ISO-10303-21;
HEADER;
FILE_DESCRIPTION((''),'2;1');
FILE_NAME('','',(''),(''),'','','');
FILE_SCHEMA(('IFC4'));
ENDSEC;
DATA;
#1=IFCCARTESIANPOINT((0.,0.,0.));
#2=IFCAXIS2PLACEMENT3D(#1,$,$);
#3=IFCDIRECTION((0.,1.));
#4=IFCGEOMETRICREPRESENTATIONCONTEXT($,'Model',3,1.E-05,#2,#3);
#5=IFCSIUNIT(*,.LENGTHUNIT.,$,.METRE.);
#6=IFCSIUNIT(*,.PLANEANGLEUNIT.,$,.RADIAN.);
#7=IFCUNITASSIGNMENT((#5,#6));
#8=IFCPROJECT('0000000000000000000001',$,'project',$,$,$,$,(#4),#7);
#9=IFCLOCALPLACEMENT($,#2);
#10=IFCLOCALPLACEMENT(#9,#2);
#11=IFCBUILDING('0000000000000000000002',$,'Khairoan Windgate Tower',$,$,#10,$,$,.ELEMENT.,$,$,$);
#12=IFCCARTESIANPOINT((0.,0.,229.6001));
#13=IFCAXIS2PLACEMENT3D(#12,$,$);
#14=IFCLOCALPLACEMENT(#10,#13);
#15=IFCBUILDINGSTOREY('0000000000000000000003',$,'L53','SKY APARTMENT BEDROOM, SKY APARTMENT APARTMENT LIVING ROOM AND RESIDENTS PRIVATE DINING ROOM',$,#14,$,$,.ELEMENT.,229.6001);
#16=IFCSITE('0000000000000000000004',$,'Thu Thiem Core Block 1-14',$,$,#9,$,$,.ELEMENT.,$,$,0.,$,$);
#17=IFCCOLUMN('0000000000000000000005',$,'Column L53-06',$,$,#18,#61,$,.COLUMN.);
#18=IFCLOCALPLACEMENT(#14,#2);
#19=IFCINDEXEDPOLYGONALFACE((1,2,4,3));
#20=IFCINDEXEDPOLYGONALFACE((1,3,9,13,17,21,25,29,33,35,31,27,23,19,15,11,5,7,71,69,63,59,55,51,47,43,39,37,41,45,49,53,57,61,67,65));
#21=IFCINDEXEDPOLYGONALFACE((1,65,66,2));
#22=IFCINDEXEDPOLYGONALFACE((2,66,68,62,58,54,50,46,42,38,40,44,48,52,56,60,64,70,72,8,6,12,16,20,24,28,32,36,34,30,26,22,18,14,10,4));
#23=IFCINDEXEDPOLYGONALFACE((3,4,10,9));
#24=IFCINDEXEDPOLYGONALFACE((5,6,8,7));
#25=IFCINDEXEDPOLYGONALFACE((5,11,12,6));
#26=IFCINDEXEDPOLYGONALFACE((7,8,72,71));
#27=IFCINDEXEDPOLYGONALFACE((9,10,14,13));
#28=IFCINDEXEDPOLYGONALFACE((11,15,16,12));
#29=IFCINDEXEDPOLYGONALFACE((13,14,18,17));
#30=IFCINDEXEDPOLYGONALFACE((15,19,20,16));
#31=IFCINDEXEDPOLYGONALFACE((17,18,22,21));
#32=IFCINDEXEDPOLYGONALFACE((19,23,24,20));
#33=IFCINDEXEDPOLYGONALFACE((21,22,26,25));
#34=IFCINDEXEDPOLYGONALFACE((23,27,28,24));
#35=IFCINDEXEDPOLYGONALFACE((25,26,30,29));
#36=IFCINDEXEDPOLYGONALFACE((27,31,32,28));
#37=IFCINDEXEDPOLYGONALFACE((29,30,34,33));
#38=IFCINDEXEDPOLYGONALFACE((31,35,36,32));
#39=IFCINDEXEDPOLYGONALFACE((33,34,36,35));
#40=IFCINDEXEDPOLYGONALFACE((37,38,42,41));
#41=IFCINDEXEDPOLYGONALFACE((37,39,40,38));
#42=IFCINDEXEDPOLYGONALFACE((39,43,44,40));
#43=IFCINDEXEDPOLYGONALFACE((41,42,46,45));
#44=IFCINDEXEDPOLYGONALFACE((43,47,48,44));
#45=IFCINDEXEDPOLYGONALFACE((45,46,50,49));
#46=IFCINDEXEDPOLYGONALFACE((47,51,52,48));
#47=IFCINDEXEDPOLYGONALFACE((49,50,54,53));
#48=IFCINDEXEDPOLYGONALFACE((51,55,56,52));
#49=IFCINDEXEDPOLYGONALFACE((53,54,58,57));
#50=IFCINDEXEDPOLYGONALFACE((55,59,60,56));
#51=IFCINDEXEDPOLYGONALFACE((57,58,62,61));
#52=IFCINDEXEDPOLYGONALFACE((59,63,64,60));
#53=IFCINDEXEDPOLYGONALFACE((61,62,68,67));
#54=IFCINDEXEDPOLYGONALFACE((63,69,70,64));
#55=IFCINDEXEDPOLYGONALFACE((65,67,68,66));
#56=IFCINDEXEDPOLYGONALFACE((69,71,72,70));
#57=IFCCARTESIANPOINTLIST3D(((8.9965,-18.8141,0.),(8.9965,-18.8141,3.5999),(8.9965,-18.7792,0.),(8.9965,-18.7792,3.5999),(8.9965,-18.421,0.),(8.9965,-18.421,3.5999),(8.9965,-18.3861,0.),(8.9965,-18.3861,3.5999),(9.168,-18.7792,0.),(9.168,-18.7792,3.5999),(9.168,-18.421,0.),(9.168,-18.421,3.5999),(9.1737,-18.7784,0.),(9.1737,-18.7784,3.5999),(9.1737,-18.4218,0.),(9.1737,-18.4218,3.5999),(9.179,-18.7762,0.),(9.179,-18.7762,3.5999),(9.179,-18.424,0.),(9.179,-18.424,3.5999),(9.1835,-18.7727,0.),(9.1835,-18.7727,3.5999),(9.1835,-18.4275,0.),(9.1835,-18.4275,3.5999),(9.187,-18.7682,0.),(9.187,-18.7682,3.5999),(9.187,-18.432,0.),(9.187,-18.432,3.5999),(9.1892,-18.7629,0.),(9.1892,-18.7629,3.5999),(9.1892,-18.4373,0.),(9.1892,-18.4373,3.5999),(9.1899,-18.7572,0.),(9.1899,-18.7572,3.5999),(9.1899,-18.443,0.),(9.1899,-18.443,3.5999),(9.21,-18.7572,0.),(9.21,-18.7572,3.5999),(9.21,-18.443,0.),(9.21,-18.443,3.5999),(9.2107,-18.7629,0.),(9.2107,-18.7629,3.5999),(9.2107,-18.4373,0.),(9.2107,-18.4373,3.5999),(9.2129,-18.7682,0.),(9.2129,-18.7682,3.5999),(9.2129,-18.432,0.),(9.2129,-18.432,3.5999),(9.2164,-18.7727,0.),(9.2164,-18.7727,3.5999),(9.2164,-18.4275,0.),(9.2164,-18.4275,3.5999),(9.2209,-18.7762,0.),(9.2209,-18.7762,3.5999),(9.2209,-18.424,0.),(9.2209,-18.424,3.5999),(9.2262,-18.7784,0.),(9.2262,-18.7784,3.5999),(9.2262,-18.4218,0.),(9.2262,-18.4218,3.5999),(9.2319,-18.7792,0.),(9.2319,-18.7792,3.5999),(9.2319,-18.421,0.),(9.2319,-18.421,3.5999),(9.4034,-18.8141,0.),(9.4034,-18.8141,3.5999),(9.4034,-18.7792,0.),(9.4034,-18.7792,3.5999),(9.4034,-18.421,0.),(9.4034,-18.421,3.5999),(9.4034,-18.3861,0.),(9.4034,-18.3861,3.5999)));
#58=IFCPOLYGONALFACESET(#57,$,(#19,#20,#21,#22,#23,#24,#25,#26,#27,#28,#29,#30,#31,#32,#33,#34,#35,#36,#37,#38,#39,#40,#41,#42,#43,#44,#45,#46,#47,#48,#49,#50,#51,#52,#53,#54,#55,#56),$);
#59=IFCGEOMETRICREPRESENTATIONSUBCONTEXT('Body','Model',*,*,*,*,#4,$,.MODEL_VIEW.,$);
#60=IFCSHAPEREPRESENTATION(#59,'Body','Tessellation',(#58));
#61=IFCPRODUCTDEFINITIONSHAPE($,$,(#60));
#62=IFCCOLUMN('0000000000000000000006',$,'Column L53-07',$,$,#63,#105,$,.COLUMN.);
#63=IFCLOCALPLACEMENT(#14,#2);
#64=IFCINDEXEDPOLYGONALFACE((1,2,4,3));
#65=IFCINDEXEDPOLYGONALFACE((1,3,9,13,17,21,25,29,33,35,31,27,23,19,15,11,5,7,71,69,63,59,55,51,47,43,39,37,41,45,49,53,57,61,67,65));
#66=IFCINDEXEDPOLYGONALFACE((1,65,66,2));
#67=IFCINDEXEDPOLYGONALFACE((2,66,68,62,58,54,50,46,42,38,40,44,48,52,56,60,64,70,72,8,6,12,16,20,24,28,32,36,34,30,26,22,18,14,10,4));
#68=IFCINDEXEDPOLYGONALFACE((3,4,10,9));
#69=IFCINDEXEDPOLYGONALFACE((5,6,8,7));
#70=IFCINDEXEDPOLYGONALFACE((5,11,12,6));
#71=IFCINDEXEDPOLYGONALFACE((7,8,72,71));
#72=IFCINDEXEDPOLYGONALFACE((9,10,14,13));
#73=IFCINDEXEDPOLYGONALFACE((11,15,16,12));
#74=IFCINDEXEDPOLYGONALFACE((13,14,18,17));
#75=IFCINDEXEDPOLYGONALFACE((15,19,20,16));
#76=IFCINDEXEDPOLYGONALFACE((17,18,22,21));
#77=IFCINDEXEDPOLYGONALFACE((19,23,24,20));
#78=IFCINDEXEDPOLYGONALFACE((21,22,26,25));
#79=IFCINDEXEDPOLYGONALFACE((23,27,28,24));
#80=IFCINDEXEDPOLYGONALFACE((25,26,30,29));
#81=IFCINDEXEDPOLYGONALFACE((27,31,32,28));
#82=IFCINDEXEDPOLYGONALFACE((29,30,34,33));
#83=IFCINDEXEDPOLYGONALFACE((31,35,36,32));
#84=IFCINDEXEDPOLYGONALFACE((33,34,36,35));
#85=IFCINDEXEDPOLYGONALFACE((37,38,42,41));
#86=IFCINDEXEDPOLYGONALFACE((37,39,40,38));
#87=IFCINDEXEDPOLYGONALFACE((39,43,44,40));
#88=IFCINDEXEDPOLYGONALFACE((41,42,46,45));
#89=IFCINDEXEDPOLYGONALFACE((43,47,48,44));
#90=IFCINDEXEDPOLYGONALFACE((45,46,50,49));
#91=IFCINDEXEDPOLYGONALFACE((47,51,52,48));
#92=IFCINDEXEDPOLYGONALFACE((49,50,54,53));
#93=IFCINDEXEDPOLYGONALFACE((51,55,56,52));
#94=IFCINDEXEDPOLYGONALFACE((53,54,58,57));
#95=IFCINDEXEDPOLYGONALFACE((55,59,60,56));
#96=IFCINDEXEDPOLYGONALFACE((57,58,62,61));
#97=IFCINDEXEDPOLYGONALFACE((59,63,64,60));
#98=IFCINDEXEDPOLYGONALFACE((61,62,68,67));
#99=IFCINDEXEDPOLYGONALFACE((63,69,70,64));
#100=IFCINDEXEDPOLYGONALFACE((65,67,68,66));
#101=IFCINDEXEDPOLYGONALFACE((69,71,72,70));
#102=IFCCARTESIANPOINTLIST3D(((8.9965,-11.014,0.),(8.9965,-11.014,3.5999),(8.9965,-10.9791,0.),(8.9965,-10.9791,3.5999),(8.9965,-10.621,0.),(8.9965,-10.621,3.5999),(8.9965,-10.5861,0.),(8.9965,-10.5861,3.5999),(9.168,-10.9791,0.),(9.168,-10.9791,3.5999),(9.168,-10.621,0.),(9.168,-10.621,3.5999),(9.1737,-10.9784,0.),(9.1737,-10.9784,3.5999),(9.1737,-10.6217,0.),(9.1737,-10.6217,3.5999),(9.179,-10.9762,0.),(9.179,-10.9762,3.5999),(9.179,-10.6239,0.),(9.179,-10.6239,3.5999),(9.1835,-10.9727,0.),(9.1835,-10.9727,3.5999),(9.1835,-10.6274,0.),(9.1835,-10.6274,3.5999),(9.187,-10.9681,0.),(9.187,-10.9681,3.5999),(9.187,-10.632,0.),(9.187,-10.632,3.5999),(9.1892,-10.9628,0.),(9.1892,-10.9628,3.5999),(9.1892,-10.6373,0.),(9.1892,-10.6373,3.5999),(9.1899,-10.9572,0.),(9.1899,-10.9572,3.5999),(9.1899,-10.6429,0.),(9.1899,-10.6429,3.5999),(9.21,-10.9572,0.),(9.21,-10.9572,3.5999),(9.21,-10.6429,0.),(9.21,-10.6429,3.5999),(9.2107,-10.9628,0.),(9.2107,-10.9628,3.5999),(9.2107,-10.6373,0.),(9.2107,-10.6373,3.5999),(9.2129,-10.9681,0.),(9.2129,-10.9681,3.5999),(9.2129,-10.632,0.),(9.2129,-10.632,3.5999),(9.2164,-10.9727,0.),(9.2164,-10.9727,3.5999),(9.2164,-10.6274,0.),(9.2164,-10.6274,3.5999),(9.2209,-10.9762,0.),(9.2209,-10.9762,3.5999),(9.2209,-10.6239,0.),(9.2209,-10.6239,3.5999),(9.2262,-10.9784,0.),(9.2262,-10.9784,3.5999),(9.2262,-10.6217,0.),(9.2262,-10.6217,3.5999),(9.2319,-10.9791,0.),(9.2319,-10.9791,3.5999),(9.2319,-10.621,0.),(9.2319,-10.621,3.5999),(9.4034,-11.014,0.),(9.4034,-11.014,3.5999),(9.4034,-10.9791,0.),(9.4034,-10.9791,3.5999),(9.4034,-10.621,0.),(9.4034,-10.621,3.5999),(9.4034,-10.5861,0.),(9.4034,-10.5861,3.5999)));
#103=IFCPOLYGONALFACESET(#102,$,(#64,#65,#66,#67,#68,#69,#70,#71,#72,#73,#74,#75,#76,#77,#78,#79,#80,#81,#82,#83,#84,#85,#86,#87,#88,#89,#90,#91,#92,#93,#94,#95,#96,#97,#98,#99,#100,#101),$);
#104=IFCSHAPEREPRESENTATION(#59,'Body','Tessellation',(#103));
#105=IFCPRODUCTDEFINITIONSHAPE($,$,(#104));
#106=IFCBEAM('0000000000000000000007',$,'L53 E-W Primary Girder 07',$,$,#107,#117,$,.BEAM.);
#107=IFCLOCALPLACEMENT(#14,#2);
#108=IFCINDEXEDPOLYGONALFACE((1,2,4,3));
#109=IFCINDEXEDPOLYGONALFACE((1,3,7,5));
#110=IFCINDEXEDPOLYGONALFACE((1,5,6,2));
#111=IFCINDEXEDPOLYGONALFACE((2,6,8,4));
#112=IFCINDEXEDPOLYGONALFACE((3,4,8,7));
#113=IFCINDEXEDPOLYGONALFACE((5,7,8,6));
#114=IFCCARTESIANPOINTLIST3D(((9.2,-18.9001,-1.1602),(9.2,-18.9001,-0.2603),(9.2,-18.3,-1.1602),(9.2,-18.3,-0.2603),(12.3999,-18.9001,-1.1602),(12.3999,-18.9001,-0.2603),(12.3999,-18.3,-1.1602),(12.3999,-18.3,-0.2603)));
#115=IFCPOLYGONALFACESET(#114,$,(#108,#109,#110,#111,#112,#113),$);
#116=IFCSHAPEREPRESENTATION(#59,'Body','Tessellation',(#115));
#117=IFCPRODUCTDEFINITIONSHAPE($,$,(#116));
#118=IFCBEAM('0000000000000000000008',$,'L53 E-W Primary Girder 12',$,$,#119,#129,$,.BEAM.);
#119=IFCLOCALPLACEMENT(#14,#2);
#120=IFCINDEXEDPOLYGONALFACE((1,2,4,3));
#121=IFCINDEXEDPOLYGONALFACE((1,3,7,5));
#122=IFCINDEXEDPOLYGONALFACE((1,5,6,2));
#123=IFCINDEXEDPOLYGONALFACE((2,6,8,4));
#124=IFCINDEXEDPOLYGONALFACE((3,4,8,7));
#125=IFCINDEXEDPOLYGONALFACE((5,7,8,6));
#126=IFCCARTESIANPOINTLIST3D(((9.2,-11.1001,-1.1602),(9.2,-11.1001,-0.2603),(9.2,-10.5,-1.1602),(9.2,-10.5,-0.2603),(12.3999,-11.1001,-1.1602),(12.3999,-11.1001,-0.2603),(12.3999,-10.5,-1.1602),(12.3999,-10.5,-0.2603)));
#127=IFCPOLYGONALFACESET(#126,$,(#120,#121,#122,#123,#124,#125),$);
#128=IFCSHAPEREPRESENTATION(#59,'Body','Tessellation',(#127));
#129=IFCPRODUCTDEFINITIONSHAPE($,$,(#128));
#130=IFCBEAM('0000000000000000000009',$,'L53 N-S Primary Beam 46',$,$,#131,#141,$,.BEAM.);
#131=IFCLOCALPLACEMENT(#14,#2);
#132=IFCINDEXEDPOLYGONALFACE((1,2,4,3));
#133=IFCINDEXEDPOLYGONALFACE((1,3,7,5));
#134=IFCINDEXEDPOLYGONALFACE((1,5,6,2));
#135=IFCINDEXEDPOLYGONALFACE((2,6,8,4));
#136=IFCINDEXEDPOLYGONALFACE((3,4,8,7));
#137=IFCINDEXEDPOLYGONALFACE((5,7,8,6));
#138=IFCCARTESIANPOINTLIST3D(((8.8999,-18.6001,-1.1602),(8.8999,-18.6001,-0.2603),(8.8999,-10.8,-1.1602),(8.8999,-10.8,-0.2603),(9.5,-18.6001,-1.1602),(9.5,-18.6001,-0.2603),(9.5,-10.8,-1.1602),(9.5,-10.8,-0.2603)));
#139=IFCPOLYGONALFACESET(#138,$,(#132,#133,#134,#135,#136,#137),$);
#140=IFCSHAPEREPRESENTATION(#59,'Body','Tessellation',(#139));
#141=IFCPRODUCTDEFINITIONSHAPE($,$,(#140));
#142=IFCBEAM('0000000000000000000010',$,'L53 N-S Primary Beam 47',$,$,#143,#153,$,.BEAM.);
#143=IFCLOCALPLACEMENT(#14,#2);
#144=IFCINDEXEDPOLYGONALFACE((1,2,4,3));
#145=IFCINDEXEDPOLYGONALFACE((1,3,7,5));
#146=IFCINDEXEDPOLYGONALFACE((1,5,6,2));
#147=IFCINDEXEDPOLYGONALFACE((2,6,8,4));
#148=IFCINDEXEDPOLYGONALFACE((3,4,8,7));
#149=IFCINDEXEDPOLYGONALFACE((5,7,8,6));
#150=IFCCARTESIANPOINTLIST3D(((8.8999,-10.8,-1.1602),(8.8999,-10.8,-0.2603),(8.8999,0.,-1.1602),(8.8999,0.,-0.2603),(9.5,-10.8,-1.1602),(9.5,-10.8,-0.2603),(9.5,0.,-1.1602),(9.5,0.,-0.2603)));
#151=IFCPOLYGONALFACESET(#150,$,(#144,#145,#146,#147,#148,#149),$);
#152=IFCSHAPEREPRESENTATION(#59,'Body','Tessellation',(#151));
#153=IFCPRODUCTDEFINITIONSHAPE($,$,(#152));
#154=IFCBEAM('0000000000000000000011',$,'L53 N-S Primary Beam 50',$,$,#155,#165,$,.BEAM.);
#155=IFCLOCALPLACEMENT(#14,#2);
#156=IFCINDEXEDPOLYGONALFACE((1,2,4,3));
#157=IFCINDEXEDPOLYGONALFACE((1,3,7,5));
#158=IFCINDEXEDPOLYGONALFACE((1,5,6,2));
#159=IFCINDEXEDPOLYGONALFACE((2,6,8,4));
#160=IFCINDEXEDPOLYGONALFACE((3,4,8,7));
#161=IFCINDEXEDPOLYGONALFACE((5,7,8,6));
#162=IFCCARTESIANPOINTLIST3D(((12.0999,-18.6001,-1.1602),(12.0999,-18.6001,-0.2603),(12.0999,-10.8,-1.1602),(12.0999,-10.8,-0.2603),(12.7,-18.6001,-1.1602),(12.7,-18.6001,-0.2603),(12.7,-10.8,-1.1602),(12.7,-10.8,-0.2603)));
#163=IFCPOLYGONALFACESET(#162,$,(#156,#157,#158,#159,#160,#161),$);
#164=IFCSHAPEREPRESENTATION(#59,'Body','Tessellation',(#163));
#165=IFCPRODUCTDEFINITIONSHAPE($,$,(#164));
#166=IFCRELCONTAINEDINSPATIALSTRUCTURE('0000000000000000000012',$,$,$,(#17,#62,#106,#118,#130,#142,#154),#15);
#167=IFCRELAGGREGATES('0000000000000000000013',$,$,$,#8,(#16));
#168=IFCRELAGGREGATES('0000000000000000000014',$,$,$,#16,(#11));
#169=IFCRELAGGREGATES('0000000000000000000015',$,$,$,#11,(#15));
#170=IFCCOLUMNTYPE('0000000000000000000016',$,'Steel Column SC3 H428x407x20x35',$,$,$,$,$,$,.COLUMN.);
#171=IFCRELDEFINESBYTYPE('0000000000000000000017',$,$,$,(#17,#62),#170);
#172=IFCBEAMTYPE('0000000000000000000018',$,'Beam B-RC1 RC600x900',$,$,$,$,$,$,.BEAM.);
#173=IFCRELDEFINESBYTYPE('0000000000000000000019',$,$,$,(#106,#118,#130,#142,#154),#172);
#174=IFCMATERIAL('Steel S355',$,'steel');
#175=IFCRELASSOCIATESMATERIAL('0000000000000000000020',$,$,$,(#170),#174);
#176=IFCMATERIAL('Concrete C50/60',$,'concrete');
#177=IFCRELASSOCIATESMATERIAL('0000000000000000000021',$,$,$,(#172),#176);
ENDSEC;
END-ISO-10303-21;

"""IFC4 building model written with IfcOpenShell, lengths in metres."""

from ifc_helpers import new_model, si_unit, direction, frame, origin, origin_2d, place, context, subcontext, project, spatial, rectangle, i_section, extrude, material, material_profile, profile_set, type_object, element, save


model = new_model("IFC4")

# Units and contexts
model_context = context("Model", 3, precision=1e-05, world=origin(), true_north=direction((0.0, 1.0)))
body_context = subcontext(model_context, "Body", "Model", "MODEL_VIEW")
ifc_project = project(units=[si_unit("LENGTHUNIT", "METRE"), si_unit("PLANEANGLEUNIT", "RADIAN")], contexts=[model_context])

# Site, building, storey
site_placement = place(None, origin())
site = spatial("IfcSite", under=ifc_project, at=site_placement, Name="Thu Thiem Core Block 1-14", CompositionType="ELEMENT", RefElevation=0.0)
building_placement = place(site_placement, origin())
building = spatial("IfcBuilding", under=site, at=building_placement, Name="Khairoan Windgate Tower", CompositionType="ELEMENT")
storey_placement = place(building_placement, frame((0.0, 0.0, 229.6001)))
storey = spatial("IfcBuildingStorey", under=building, at=storey_placement, Name="L53", Description="SKY APARTMENT BEDROOM, SKY APARTMENT APARTMENT LIVING ROOM AND RESIDENTS PRIVATE DINING ROOM", CompositionType="ELEMENT", Elevation=229.6001)

# Columns
ifc_material_1 = material(Name="Steel S355", Category="steel")
ifc_material_profile_1 = material_profile(ifc_material_1, i_section(OverallWidth=0.407, OverallDepth=0.428, WebThickness=0.02, FlangeThickness=0.0349, FilletRadius=0.022, at=origin_2d()))
ifc_profile_set_1 = profile_set([ifc_material_profile_1], Name="Steel S355")
column_type = type_object("IfcColumnType", Name="Steel Column SC3 H428x407x20x35", PredefinedType="COLUMN", material=ifc_profile_set_1)
for number, where, z_axis, x_axis, name in (
    (1, (9.2, -18.6001, 0.0), (0.0, 0.0, 1.0), (1.0, 0.0, 0.0), "Column L53-06"),
    (2, (9.2, -10.8, 0.0), (0.0, 0.0, 1.0), (1.0, 0.0, 0.0), "Column L53-07"),
):
    element("IfcColumn", number, at=place(storey_placement, frame(where, z_axis=z_axis, x_axis=x_axis)), inside=storey, type_object=column_type, Name=name, PredefinedType="COLUMN", context=body_context, shape_type="SweptSolid", body=[
        extrude(i_section(OverallWidth=0.407, OverallDepth=0.428, WebThickness=0.02, FlangeThickness=0.0349, FilletRadius=0.022, at=origin_2d()), origin(), (0.0, 0.0, 1.0), 3.5999),
    ])

# Beams
ifc_material_2 = material(Name="Concrete C50/60", Category="concrete")
ifc_material_profile_2 = material_profile(ifc_material_2, rectangle(XDim=0.6001, YDim=0.8999, at=origin_2d()))
ifc_profile_set_2 = profile_set([ifc_material_profile_2], Name="Concrete C50/60")
beam_type_1 = type_object("IfcBeamType", Name="Beam B-RC1 RC600x900", PredefinedType="BEAM", material=ifc_profile_set_2)
for number, where, z_axis, x_axis, name in (
    (3, (9.2, -18.6001, -0.7102), (1.0, 0.0, 0.0), (0.0, 1.0, 0.0), "L53 E-W Primary Girder 07"),
    (4, (9.2, -10.8, -0.7102), (1.0, 0.0, 0.0), (0.0, 1.0, 0.0), "L53 E-W Primary Girder 12"),
):
    element("IfcBeam", number, at=place(storey_placement, frame(where, z_axis=z_axis, x_axis=x_axis)), inside=storey, type_object=beam_type_1, Name=name, PredefinedType="BEAM", context=body_context, shape_type="SweptSolid", body=[
        extrude(rectangle(XDim=0.6001, YDim=0.8999, at=origin_2d()), origin(), (0.0, 0.0, 1.0), 3.2),
    ])
beam_1_placement = place(storey_placement, frame((9.2, -18.6001, -0.7102), z_axis=(0.0, 1.0, 0.0), x_axis=(-1.0, 0.0, 0.0)))
element("IfcBeam", 5, at=beam_1_placement, inside=storey, type_object=beam_type_1, Name="L53 N-S Primary Beam 46", PredefinedType="BEAM", context=body_context, shape_type="SweptSolid", body=[
    extrude(rectangle(XDim=0.6001, YDim=0.8999, at=origin_2d()), origin(), (0.0, 0.0, 1.0), 7.8),
])
beam_2_placement = place(storey_placement, frame((9.2, -10.8, -0.7102), z_axis=(0.0, 1.0, 0.0), x_axis=(-1.0, 0.0, 0.0)))
element("IfcBeam", 6, at=beam_2_placement, inside=storey, type_object=beam_type_1, Name="L53 N-S Primary Beam 47", PredefinedType="BEAM", context=body_context, shape_type="SweptSolid", body=[
    extrude(rectangle(XDim=0.6001, YDim=0.8999, at=origin_2d()), origin(), (0.0, 0.0, 1.0), 10.8),
])
beam_3_placement = place(storey_placement, frame((12.3999, -18.6001, -0.7102), z_axis=(0.0, 1.0, 0.0), x_axis=(-1.0, 0.0, 0.0)))
element("IfcBeam", 7, at=beam_3_placement, inside=storey, type_object=beam_type_1, Name="L53 N-S Primary Beam 50", PredefinedType="BEAM", context=body_context, shape_type="SweptSolid", body=[
    extrude(rectangle(XDim=0.6001, YDim=0.8999, at=origin_2d()), origin(), (0.0, 0.0, 1.0), 7.8),
])

save(model, "model.ifc")
